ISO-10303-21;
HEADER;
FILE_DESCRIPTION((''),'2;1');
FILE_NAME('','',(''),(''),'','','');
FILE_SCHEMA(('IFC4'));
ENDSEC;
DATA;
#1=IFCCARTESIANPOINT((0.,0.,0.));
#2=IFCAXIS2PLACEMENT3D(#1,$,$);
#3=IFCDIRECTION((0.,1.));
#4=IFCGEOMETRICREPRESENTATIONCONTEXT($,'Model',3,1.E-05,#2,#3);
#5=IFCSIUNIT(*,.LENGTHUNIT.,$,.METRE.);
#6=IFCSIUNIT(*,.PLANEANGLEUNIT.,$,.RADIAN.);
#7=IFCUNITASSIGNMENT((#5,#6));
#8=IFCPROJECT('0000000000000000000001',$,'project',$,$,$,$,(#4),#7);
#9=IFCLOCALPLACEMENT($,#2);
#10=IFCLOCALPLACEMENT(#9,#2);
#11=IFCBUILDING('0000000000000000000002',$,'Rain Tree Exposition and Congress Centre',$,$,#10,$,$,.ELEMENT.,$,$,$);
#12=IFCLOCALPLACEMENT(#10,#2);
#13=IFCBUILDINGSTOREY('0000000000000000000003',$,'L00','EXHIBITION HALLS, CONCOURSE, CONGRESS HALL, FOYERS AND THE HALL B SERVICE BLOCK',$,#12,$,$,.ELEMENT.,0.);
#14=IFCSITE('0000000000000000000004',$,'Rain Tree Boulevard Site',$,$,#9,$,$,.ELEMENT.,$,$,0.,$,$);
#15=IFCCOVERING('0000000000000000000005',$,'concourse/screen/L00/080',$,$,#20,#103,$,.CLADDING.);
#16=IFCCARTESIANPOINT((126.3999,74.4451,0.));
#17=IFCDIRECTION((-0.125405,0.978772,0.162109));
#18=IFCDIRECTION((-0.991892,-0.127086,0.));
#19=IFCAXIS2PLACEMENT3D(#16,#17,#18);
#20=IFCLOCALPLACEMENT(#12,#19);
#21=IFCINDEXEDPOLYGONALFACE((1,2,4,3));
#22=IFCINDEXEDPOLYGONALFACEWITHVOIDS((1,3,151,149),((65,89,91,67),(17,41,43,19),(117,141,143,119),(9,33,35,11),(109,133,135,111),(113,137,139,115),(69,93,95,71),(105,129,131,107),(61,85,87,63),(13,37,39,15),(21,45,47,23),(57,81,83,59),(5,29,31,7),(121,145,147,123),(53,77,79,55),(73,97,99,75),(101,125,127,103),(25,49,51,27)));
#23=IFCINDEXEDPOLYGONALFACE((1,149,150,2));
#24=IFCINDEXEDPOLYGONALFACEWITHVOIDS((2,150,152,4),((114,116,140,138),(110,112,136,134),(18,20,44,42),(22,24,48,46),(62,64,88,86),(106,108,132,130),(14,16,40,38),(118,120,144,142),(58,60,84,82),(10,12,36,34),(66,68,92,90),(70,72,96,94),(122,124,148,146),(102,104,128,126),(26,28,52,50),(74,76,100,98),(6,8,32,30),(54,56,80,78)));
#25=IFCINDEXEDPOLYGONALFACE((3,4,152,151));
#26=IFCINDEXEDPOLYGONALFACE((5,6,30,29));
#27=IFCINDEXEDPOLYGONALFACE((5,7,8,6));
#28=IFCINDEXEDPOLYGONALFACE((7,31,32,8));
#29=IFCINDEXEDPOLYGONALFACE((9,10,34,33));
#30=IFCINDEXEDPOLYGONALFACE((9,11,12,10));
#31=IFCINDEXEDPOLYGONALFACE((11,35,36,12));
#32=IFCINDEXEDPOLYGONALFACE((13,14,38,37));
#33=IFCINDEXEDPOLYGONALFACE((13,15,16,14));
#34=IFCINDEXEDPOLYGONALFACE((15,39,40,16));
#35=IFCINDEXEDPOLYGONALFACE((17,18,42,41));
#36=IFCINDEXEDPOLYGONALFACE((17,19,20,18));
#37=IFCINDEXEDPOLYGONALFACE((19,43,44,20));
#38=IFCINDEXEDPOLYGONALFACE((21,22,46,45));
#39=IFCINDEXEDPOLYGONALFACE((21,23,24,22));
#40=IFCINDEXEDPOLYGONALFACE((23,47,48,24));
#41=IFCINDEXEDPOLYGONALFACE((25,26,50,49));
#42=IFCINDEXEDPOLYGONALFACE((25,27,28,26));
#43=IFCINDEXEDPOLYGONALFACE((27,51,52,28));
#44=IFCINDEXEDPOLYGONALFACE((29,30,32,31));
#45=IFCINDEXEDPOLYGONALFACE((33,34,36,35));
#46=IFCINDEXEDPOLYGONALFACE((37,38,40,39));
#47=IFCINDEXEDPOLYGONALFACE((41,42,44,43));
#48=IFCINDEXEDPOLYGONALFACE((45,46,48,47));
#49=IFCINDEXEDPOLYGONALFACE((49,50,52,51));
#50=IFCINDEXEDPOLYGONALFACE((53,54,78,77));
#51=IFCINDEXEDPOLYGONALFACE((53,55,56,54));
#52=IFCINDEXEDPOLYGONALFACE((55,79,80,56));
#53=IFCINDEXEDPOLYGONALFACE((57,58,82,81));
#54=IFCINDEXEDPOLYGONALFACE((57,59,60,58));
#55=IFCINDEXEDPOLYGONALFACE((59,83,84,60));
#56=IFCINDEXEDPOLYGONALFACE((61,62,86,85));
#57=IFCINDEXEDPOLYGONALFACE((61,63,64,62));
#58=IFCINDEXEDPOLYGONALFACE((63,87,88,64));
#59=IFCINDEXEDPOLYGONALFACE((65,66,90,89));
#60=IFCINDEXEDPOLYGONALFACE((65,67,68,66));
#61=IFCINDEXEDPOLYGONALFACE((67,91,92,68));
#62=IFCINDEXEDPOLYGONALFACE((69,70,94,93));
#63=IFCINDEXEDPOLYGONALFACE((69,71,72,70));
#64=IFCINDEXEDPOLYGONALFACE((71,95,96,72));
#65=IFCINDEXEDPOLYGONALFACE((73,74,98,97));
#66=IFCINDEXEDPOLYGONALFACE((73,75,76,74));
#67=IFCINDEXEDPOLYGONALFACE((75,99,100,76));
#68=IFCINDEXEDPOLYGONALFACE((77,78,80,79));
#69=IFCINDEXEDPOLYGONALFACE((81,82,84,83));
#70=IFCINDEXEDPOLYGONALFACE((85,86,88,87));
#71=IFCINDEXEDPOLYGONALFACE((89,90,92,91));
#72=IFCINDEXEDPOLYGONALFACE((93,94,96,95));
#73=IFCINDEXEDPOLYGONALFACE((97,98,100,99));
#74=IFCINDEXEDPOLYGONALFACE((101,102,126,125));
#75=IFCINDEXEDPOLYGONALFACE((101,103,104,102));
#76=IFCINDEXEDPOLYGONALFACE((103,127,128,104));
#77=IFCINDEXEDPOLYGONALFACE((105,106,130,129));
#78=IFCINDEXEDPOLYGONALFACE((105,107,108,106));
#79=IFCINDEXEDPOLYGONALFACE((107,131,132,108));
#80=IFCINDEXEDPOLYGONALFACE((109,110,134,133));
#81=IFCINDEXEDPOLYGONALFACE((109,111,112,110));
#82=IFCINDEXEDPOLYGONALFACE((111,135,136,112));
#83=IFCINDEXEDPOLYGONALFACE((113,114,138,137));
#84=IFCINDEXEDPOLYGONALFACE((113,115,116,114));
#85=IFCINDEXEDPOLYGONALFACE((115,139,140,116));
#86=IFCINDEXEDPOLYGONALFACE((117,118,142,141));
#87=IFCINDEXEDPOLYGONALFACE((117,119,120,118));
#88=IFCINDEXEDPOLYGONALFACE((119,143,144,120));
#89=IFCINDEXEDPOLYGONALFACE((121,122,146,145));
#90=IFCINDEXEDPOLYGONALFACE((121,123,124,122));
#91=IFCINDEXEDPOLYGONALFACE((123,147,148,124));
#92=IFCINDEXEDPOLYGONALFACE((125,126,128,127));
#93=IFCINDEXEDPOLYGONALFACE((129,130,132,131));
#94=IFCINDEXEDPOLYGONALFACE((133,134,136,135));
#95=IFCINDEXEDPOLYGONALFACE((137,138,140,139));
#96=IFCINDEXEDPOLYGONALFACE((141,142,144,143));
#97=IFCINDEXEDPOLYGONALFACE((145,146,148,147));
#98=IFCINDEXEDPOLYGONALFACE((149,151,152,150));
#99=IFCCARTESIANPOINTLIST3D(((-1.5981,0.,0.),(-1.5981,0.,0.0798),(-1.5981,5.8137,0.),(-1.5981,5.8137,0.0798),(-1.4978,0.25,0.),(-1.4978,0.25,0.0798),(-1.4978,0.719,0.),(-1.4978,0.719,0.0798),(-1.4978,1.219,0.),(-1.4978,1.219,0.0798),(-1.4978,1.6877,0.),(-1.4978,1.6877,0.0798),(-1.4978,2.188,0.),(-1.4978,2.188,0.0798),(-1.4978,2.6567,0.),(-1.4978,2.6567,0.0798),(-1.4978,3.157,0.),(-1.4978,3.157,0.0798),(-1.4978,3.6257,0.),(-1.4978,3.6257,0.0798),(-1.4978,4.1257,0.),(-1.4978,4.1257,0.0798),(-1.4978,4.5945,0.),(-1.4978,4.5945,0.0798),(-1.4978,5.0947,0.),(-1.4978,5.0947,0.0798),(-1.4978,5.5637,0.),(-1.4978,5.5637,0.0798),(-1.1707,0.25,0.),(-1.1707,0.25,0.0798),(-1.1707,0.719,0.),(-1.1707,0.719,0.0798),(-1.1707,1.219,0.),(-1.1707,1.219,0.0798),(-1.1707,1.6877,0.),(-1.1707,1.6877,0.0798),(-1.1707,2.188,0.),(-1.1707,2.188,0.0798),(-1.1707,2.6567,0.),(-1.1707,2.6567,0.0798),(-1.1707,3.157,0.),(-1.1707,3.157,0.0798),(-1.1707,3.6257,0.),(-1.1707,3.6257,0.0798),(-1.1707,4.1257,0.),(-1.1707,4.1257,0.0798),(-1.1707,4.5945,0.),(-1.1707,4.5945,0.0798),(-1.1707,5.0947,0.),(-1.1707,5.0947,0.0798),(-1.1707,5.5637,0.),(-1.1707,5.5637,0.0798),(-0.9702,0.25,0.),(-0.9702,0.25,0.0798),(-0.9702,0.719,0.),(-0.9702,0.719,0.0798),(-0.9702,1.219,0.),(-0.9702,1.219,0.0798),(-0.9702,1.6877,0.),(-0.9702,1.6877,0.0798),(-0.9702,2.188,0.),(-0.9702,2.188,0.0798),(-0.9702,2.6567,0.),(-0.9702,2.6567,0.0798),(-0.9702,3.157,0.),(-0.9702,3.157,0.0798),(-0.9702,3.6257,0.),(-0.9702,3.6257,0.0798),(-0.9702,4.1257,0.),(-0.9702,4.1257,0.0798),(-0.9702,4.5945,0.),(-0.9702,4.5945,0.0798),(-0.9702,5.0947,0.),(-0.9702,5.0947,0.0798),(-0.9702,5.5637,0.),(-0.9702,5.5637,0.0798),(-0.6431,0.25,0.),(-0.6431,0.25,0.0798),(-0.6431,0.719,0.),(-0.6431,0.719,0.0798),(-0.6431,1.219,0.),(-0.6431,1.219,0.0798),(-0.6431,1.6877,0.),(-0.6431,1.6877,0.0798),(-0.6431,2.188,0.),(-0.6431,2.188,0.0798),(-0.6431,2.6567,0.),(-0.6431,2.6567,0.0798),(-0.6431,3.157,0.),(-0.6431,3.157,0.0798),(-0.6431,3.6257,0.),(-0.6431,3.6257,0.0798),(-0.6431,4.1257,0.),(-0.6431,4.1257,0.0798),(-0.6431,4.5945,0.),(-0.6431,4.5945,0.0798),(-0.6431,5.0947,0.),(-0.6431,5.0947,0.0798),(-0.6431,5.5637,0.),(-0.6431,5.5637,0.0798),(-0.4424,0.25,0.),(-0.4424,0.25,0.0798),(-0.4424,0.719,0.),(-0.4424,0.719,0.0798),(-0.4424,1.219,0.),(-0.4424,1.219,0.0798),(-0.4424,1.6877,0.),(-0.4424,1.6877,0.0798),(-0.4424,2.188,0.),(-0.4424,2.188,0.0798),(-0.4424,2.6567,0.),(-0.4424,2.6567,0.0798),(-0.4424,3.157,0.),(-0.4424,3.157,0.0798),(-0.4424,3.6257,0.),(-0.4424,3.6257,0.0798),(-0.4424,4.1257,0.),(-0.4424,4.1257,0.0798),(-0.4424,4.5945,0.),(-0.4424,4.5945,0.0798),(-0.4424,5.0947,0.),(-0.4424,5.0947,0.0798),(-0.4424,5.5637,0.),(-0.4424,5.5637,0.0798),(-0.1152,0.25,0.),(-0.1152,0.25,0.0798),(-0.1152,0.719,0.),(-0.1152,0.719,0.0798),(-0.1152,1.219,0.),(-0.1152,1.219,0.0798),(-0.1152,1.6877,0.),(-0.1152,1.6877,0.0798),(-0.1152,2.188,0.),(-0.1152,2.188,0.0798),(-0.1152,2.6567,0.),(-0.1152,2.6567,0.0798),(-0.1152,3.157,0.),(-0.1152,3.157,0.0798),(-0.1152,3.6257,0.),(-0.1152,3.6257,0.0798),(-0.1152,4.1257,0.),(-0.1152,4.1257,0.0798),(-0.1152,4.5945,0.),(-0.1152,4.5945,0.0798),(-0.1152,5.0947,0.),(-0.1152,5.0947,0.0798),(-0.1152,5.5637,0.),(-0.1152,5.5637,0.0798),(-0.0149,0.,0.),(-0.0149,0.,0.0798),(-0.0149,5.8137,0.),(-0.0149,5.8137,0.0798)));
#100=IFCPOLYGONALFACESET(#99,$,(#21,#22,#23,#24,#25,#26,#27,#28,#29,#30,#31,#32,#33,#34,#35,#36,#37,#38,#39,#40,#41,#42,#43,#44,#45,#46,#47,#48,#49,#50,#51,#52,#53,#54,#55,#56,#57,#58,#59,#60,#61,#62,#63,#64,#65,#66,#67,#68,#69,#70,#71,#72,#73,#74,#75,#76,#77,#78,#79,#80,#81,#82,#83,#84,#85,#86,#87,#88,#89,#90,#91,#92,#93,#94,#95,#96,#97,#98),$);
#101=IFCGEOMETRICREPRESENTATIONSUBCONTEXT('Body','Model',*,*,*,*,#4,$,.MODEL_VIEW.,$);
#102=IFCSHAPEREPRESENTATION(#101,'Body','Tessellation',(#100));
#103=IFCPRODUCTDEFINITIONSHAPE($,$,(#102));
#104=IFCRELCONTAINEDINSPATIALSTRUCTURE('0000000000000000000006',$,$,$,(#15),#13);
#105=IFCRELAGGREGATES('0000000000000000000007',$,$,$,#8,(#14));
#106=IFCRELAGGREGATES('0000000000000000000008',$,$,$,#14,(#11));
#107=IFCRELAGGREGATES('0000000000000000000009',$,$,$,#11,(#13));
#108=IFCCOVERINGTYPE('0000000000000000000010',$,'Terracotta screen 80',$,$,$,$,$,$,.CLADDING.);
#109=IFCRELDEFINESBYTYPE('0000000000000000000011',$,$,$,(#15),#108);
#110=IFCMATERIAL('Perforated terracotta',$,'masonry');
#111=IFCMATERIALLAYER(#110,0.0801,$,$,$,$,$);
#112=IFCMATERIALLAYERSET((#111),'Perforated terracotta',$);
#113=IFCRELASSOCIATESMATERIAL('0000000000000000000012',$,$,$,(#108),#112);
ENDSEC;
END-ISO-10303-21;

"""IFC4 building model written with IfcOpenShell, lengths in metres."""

from ifc_helpers import new_model, si_unit, direction, frame, origin, place, context, subcontext, project, spatial, polyline, outline, extrude, material, layer, layer_set, type_object, element, save


model = new_model("IFC4")

# Units and contexts
model_context = context("Model", 3, precision=1e-05, world=origin(), true_north=direction((0.0, 1.0)))
body_context = subcontext(model_context, "Body", "Model", "MODEL_VIEW")
ifc_project = project(units=[si_unit("LENGTHUNIT", "METRE"), si_unit("PLANEANGLEUNIT", "RADIAN")], contexts=[model_context])

# Site, building, storey
site_placement = place(None, origin())
site = spatial("IfcSite", under=ifc_project, at=site_placement, Name="Rain Tree Boulevard Site", CompositionType="ELEMENT", RefElevation=0.0)
building_placement = place(site_placement, origin())
building = spatial("IfcBuilding", under=site, at=building_placement, Name="Rain Tree Exposition and Congress Centre", CompositionType="ELEMENT")
storey_placement = place(building_placement, origin())
storey = spatial("IfcBuildingStorey", under=building, at=storey_placement, Name="L00", Description="EXHIBITION HALLS, CONCOURSE, CONGRESS HALL, FOYERS AND THE HALL B SERVICE BLOCK", CompositionType="ELEMENT", Elevation=0.0)

# Covering
ifc_material_1 = material(Name="Perforated terracotta", Category="masonry")
ifc_layer_1 = layer(ifc_material_1, 0.0801)
ifc_layer_set_1 = layer_set([ifc_layer_1], Name="Perforated terracotta")
covering_type = type_object("IfcCoveringType", Name="Terracotta screen 80", PredefinedType="CLADDING", material=ifc_layer_set_1)
covering_1_placement = place(storey_placement, frame((126.3999, 74.4451, 0.0), z_axis=(-0.125405, 0.978772, 0.162109), x_axis=(-0.991892, -0.127086, 0.0)))
element("IfcCovering", 1, at=covering_1_placement, inside=storey, type_object=covering_type, Name="concourse/screen/L00/080", PredefinedType="CLADDING", context=body_context, shape_type="SweptSolid", body=[
    extrude(outline(polyline([(-0.0149, 0.0), (-1.5981, 0.0), (-1.5981, 5.8137), (-0.0149, 5.8137), (-0.0149, 0.0)]), holes=[polyline([(-0.1152, 0.25), (-0.1152, 0.719), (-0.4424, 0.719), (-0.4424, 0.25), (-0.1152, 0.25)]), polyline([(-0.1152, 1.219), (-0.1152, 1.6877), (-0.4424, 1.6877), (-0.4424, 1.219), (-0.1152, 1.219)]), polyline([(-0.1152, 2.188), (-0.1152, 2.6567), (-0.4424, 2.6567), (-0.4424, 2.188), (-0.1152, 2.188)]), polyline([(-0.1152, 3.157), (-0.1152, 3.6257), (-0.4424, 3.6257), (-0.4424, 3.157), (-0.1152, 3.157)]), polyline([(-0.1152, 4.1257), (-0.1152, 4.5945), (-0.4424, 4.5945), (-0.4424, 4.1257), (-0.1152, 4.1257)]), polyline([(-0.1152, 5.0947), (-0.1152, 5.5637), (-0.4424, 5.5637), (-0.4424, 5.0947), (-0.1152, 5.0947)]), polyline([(-0.6431, 0.25), (-0.6431, 0.719), (-0.9702, 0.719), (-0.9702, 0.25), (-0.6431, 0.25)]), polyline([(-0.6431, 1.219), (-0.6431, 1.6877), (-0.9702, 1.6877), (-0.9702, 1.219), (-0.6431, 1.219)]), polyline([(-0.6431, 2.188), (-0.6431, 2.6567), (-0.9702, 2.6567), (-0.9702, 2.188), (-0.6431, 2.188)]), polyline([(-0.6431, 3.157), (-0.6431, 3.6257), (-0.9702, 3.6257), (-0.9702, 3.157), (-0.6431, 3.157)]), polyline([(-0.6431, 4.1257), (-0.6431, 4.5945), (-0.9702, 4.5945), (-0.9702, 4.1257), (-0.6431, 4.1257)]), polyline([(-0.6431, 5.0947), (-0.6431, 5.5637), (-0.9702, 5.5637), (-0.9702, 5.0947), (-0.6431, 5.0947)]), polyline([(-1.1707, 0.25), (-1.1707, 0.719), (-1.4978, 0.719), (-1.4978, 0.25), (-1.1707, 0.25)]), polyline([(-1.1707, 1.219), (-1.1707, 1.6877), (-1.4978, 1.6877), (-1.4978, 1.219), (-1.1707, 1.219)]), polyline([(-1.1707, 2.188), (-1.1707, 2.6567), (-1.4978, 2.6567), (-1.4978, 2.188), (-1.1707, 2.188)]), polyline([(-1.1707, 3.157), (-1.1707, 3.6257), (-1.4978, 3.6257), (-1.4978, 3.157), (-1.1707, 3.157)]), polyline([(-1.1707, 4.1257), (-1.1707, 4.5945), (-1.4978, 4.5945), (-1.4978, 4.1257), (-1.1707, 4.1257)]), polyline([(-1.1707, 5.0947), (-1.1707, 5.5637), (-1.4978, 5.5637), (-1.4978, 5.0947), (-1.1707, 5.0947)])]), origin(), (0.0, 0.0, 1.0), 0.0798),
])

save(model, "model.ifc")
